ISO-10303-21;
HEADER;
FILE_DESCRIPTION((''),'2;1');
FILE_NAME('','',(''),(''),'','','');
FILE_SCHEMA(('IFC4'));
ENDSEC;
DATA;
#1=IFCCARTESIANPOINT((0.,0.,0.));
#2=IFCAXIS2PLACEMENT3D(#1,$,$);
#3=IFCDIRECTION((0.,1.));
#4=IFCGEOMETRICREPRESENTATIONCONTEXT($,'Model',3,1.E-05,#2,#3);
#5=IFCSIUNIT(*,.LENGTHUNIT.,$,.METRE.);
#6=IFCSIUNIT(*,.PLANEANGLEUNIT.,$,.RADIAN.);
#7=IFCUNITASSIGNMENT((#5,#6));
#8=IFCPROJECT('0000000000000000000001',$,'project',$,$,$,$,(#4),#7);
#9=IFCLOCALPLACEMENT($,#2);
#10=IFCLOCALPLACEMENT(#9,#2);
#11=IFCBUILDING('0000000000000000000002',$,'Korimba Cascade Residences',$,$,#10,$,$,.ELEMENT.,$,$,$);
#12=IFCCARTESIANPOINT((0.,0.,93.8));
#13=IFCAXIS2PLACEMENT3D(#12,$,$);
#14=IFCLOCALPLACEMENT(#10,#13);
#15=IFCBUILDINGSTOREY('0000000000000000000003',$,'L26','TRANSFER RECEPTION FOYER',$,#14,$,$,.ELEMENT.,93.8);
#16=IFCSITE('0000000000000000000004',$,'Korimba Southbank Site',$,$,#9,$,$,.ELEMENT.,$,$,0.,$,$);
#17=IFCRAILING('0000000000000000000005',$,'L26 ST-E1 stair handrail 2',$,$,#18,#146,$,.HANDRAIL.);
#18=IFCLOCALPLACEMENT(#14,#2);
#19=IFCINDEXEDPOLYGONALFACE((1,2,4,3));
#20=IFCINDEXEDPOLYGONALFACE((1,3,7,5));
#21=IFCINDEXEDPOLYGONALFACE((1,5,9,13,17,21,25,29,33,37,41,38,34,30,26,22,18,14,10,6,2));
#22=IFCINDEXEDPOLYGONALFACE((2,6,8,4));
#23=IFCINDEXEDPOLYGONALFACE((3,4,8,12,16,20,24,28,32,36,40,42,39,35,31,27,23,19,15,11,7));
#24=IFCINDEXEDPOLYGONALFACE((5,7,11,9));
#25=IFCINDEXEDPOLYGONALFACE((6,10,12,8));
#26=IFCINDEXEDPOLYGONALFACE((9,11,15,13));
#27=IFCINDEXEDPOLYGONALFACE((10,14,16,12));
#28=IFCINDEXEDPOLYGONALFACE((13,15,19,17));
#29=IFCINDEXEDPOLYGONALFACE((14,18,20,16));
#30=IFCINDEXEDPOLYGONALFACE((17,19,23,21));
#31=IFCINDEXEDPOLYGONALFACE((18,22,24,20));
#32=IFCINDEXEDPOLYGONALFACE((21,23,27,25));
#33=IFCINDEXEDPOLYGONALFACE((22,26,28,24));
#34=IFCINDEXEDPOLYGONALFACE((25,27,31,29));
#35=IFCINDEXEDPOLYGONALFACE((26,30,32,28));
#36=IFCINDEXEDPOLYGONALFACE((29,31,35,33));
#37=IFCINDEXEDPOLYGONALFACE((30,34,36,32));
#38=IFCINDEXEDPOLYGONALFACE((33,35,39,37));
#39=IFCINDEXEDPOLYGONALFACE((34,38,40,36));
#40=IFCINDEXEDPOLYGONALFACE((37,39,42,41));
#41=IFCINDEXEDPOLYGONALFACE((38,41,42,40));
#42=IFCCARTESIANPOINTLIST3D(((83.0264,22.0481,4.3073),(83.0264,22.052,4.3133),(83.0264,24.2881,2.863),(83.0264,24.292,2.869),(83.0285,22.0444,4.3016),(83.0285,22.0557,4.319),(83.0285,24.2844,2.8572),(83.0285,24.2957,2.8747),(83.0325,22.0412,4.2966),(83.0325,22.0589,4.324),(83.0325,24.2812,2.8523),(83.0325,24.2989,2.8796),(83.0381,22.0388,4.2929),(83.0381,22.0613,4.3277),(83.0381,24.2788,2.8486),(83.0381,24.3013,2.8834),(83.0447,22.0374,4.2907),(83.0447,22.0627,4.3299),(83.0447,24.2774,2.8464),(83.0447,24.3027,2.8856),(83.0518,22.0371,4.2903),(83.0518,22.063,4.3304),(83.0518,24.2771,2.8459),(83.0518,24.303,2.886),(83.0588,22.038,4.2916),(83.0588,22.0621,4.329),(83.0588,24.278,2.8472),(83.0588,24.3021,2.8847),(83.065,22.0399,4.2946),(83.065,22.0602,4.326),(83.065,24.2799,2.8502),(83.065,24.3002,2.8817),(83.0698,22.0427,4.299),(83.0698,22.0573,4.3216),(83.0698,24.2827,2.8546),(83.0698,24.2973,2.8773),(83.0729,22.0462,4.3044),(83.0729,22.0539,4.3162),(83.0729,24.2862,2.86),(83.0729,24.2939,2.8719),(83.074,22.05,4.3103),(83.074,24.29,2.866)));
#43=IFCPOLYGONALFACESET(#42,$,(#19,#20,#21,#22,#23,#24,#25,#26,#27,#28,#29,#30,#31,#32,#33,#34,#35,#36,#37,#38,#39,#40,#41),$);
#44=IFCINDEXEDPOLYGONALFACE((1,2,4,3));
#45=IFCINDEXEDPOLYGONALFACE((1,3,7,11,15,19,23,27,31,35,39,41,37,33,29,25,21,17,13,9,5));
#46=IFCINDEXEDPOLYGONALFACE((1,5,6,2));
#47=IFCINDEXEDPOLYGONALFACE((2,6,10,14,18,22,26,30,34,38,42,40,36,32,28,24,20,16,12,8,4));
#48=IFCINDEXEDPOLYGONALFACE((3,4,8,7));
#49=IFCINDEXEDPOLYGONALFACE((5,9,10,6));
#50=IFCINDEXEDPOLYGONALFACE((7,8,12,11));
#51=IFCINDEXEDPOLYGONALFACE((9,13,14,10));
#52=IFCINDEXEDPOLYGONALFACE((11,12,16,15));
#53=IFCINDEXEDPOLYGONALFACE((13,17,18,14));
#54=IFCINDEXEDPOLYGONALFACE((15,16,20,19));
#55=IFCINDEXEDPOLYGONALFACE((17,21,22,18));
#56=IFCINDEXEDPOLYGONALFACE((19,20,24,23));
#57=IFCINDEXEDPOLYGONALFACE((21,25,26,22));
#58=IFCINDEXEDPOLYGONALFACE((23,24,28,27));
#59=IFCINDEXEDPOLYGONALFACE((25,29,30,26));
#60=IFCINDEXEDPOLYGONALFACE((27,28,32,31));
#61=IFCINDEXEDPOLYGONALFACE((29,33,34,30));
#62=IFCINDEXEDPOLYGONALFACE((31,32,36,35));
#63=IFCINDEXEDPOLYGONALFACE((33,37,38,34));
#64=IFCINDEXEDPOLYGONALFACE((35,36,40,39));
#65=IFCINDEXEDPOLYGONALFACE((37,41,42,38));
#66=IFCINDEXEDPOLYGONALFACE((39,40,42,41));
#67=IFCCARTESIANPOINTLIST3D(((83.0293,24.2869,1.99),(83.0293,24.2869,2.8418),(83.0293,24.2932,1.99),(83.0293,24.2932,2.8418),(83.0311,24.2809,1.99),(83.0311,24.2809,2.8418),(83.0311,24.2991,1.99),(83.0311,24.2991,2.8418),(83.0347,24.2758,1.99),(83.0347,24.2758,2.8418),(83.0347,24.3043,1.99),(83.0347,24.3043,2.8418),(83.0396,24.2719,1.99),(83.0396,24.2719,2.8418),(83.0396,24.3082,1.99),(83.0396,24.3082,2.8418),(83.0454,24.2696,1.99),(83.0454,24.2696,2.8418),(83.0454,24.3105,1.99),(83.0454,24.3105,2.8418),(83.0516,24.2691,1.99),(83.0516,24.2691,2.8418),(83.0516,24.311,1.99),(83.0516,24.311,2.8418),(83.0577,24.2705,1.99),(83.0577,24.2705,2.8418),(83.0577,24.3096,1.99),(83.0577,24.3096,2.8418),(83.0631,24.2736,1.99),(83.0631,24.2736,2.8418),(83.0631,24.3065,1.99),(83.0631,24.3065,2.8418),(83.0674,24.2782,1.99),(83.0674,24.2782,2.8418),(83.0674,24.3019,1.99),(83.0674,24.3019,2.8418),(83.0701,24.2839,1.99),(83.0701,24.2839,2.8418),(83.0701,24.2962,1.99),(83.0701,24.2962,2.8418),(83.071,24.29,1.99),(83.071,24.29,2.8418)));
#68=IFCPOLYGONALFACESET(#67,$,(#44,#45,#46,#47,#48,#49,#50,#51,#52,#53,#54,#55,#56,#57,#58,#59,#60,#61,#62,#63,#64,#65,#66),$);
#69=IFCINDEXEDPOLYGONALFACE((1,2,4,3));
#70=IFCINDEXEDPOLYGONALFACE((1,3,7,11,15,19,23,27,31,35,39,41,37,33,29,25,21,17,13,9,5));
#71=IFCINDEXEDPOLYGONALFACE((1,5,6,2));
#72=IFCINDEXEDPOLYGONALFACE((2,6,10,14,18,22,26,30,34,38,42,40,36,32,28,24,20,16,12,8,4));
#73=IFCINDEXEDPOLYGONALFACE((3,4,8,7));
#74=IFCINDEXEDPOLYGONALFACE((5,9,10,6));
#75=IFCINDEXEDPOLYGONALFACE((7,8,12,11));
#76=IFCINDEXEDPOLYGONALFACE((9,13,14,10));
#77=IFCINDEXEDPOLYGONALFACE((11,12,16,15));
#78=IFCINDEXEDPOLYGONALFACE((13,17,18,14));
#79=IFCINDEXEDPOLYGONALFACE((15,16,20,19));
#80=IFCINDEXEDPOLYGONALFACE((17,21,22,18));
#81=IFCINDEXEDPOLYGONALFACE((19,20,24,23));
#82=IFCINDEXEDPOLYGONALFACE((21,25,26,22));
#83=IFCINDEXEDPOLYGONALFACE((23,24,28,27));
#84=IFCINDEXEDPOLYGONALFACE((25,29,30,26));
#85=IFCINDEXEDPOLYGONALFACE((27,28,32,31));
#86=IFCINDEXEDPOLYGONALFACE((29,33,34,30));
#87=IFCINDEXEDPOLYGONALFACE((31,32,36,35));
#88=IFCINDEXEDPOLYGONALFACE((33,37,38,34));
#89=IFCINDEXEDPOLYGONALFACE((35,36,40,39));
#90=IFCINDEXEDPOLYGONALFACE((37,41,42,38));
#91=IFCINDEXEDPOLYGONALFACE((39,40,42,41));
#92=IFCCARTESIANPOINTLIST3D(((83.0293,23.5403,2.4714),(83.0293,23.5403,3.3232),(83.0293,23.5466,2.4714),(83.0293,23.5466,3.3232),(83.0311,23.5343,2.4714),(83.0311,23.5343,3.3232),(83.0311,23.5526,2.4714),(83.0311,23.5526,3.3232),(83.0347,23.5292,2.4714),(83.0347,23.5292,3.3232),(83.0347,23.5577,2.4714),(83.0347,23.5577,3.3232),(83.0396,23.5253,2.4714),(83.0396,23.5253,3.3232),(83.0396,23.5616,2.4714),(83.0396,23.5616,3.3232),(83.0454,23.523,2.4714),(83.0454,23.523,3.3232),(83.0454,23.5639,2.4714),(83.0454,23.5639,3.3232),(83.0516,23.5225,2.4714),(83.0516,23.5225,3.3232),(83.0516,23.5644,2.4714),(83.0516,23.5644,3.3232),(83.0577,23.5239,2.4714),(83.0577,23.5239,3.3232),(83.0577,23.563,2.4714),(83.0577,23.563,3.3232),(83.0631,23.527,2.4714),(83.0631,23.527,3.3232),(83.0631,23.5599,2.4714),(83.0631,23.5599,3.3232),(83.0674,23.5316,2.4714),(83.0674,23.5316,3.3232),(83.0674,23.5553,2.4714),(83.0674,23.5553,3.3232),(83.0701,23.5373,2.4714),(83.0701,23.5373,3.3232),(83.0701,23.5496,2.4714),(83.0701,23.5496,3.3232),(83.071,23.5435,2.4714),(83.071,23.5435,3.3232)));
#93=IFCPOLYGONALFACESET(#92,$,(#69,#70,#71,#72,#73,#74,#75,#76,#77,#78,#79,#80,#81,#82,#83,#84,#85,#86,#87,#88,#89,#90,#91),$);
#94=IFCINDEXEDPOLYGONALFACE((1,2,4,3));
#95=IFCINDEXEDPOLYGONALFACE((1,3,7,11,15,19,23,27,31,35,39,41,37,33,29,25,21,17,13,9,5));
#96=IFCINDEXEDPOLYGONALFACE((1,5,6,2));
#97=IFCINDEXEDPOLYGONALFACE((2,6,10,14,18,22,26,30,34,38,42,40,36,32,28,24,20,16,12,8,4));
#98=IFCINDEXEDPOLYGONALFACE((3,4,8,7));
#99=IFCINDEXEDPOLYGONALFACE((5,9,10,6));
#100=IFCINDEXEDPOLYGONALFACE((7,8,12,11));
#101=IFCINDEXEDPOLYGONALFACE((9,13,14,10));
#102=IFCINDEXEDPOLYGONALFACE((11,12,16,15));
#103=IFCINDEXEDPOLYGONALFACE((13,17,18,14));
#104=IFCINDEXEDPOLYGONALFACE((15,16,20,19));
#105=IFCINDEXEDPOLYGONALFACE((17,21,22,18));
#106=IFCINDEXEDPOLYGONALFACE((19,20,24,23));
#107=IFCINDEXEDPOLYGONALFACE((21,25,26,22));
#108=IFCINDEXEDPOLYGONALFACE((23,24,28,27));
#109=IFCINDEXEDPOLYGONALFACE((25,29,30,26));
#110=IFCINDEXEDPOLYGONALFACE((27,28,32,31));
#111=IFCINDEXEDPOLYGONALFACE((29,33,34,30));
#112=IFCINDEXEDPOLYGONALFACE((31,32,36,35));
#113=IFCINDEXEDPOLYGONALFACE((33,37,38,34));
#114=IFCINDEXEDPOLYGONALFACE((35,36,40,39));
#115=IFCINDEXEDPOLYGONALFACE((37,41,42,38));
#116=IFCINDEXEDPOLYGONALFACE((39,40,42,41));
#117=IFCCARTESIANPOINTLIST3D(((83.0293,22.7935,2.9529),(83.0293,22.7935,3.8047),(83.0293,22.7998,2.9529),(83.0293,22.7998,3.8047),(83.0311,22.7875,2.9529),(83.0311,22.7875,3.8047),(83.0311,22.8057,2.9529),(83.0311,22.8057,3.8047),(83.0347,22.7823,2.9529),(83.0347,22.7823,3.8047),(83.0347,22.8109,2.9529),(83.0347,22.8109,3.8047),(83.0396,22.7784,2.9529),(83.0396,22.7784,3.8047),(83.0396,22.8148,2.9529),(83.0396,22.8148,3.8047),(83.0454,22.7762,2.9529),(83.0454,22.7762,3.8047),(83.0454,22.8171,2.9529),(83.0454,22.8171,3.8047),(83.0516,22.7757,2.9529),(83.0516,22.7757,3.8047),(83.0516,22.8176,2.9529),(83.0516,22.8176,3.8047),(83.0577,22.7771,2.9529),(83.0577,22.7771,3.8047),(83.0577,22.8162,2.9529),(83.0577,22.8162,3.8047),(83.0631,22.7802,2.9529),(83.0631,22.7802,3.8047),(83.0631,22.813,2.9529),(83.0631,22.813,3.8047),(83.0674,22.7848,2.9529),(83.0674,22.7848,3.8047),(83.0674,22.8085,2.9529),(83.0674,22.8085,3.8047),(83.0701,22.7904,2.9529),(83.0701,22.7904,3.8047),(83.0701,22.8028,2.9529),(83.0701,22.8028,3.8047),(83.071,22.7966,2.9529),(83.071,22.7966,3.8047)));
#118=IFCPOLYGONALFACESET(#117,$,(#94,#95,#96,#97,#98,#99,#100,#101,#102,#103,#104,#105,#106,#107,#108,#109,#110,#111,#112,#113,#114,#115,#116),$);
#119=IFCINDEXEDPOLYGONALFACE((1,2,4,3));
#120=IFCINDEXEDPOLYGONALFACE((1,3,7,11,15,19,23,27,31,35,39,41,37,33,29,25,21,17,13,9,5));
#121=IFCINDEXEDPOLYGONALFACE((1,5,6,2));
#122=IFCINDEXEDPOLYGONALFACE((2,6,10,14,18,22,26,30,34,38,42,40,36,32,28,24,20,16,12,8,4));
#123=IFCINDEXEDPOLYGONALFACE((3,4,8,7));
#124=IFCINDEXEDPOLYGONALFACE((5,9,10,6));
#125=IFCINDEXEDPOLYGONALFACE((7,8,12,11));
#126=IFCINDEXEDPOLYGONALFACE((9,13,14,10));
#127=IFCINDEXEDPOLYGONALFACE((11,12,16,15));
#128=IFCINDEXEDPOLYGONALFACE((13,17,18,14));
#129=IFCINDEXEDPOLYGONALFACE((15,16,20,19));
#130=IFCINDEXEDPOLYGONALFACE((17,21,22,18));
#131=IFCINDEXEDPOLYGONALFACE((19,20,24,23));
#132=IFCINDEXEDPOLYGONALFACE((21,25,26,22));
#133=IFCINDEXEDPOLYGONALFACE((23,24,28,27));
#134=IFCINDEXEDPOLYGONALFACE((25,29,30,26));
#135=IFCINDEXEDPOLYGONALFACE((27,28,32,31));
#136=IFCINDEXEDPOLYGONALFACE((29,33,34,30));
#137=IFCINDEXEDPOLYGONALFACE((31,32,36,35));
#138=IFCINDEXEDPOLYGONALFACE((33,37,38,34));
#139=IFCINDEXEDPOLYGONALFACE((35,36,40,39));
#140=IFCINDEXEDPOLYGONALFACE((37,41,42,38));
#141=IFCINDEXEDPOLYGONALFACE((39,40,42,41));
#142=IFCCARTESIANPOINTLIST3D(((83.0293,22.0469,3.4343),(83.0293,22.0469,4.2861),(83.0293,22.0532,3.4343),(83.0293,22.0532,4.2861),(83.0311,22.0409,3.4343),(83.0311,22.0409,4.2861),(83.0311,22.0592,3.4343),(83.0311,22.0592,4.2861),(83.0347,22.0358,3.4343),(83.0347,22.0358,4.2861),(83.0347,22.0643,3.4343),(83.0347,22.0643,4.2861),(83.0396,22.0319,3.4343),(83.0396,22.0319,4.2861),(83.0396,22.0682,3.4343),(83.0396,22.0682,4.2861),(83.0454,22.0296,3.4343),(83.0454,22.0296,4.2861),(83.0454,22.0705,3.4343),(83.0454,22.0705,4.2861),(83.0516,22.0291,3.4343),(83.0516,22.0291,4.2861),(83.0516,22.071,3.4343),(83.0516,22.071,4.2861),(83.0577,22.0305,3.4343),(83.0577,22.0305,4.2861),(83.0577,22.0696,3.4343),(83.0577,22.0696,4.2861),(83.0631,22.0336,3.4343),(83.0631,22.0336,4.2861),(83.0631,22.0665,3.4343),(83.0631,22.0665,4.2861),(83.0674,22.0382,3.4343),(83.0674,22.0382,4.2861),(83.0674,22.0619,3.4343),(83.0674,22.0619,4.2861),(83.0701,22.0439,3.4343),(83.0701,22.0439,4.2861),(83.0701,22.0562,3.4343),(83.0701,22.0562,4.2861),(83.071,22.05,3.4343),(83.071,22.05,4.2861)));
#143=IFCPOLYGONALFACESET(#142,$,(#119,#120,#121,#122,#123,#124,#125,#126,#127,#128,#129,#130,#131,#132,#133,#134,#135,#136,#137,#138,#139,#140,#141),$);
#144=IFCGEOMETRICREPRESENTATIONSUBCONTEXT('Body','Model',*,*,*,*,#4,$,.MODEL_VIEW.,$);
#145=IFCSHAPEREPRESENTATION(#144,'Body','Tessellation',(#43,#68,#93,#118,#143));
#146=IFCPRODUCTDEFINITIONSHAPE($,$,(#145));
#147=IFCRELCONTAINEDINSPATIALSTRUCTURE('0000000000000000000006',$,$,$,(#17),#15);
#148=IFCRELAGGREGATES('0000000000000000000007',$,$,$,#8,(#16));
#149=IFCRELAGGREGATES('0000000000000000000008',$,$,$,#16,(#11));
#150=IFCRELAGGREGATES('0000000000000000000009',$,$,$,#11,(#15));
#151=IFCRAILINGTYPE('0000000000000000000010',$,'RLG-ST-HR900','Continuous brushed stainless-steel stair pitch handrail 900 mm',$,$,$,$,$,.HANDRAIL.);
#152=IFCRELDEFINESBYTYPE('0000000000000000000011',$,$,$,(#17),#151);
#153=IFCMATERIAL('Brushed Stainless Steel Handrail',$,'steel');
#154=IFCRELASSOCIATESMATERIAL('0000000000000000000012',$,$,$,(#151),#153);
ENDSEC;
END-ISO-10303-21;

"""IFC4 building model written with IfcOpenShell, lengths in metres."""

from ifc_helpers import new_model, si_unit, direction, frame, origin, origin_2d, place, context, subcontext, project, spatial, circle, extrude, material, type_object, element, save


model = new_model("IFC4")

# Units and contexts
model_context = context("Model", 3, precision=1e-05, world=origin(), true_north=direction((0.0, 1.0)))
body_context = subcontext(model_context, "Body", "Model", "MODEL_VIEW")
ifc_project = project(units=[si_unit("LENGTHUNIT", "METRE"), si_unit("PLANEANGLEUNIT", "RADIAN")], contexts=[model_context])

# Site, building, storey
site_placement = place(None, origin())
site = spatial("IfcSite", under=ifc_project, at=site_placement, Name="Korimba Southbank Site", CompositionType="ELEMENT", RefElevation=0.0)
building_placement = place(site_placement, origin())
building = spatial("IfcBuilding", under=site, at=building_placement, Name="Korimba Cascade Residences", CompositionType="ELEMENT")
storey_placement = place(building_placement, frame((0.0, 0.0, 93.8)))
storey = spatial("IfcBuildingStorey", under=building, at=storey_placement, Name="L26", Description="TRANSFER RECEPTION FOYER", CompositionType="ELEMENT", Elevation=93.8)

# Railing
ifc_material_1 = material(Name="Brushed Stainless Steel Handrail", Category="steel")
railing_type = type_object("IfcRailingType", Name="RLG-ST-HR900", Description="Continuous brushed stainless-steel stair pitch handrail 900 mm", PredefinedType="HANDRAIL", material=ifc_material_1)
railing_placement = place(storey_placement, frame((83.05, 24.29, 1.99)))
element("IfcRailing", 1, at=railing_placement, inside=storey, type_object=railing_type, Name="L26 ST-E1 stair handrail 2", PredefinedType="HANDRAIL", context=body_context, shape_type="SweptSolid", body=[
    extrude(circle(Radius=0.0239, at=origin_2d()), frame((0.0, 0.0, 0.876), z_axis=(0.0, -0.840437, 0.54191), x_axis=(1.0, 0.0, 0.0)), (0.0, 0.0, 1.0), 2.6653),
    extrude(circle(Radius=0.021, at=origin_2d()), origin(), (0.0, 0.0, 1.0), 0.8518),
    extrude(circle(Radius=0.021, at=origin_2d()), frame((0.0, -0.7466, 0.4814)), (0.0, 0.0, 1.0), 0.8518),
    extrude(circle(Radius=0.021, at=origin_2d()), frame((0.0, -1.4934, 0.9629)), (0.0, 0.0, 1.0), 0.8518),
    extrude(circle(Radius=0.021, at=origin_2d()), frame((0.0, -2.24, 1.4443)), (0.0, 0.0, 1.0), 0.8518),
])

save(model, "model.ifc")
